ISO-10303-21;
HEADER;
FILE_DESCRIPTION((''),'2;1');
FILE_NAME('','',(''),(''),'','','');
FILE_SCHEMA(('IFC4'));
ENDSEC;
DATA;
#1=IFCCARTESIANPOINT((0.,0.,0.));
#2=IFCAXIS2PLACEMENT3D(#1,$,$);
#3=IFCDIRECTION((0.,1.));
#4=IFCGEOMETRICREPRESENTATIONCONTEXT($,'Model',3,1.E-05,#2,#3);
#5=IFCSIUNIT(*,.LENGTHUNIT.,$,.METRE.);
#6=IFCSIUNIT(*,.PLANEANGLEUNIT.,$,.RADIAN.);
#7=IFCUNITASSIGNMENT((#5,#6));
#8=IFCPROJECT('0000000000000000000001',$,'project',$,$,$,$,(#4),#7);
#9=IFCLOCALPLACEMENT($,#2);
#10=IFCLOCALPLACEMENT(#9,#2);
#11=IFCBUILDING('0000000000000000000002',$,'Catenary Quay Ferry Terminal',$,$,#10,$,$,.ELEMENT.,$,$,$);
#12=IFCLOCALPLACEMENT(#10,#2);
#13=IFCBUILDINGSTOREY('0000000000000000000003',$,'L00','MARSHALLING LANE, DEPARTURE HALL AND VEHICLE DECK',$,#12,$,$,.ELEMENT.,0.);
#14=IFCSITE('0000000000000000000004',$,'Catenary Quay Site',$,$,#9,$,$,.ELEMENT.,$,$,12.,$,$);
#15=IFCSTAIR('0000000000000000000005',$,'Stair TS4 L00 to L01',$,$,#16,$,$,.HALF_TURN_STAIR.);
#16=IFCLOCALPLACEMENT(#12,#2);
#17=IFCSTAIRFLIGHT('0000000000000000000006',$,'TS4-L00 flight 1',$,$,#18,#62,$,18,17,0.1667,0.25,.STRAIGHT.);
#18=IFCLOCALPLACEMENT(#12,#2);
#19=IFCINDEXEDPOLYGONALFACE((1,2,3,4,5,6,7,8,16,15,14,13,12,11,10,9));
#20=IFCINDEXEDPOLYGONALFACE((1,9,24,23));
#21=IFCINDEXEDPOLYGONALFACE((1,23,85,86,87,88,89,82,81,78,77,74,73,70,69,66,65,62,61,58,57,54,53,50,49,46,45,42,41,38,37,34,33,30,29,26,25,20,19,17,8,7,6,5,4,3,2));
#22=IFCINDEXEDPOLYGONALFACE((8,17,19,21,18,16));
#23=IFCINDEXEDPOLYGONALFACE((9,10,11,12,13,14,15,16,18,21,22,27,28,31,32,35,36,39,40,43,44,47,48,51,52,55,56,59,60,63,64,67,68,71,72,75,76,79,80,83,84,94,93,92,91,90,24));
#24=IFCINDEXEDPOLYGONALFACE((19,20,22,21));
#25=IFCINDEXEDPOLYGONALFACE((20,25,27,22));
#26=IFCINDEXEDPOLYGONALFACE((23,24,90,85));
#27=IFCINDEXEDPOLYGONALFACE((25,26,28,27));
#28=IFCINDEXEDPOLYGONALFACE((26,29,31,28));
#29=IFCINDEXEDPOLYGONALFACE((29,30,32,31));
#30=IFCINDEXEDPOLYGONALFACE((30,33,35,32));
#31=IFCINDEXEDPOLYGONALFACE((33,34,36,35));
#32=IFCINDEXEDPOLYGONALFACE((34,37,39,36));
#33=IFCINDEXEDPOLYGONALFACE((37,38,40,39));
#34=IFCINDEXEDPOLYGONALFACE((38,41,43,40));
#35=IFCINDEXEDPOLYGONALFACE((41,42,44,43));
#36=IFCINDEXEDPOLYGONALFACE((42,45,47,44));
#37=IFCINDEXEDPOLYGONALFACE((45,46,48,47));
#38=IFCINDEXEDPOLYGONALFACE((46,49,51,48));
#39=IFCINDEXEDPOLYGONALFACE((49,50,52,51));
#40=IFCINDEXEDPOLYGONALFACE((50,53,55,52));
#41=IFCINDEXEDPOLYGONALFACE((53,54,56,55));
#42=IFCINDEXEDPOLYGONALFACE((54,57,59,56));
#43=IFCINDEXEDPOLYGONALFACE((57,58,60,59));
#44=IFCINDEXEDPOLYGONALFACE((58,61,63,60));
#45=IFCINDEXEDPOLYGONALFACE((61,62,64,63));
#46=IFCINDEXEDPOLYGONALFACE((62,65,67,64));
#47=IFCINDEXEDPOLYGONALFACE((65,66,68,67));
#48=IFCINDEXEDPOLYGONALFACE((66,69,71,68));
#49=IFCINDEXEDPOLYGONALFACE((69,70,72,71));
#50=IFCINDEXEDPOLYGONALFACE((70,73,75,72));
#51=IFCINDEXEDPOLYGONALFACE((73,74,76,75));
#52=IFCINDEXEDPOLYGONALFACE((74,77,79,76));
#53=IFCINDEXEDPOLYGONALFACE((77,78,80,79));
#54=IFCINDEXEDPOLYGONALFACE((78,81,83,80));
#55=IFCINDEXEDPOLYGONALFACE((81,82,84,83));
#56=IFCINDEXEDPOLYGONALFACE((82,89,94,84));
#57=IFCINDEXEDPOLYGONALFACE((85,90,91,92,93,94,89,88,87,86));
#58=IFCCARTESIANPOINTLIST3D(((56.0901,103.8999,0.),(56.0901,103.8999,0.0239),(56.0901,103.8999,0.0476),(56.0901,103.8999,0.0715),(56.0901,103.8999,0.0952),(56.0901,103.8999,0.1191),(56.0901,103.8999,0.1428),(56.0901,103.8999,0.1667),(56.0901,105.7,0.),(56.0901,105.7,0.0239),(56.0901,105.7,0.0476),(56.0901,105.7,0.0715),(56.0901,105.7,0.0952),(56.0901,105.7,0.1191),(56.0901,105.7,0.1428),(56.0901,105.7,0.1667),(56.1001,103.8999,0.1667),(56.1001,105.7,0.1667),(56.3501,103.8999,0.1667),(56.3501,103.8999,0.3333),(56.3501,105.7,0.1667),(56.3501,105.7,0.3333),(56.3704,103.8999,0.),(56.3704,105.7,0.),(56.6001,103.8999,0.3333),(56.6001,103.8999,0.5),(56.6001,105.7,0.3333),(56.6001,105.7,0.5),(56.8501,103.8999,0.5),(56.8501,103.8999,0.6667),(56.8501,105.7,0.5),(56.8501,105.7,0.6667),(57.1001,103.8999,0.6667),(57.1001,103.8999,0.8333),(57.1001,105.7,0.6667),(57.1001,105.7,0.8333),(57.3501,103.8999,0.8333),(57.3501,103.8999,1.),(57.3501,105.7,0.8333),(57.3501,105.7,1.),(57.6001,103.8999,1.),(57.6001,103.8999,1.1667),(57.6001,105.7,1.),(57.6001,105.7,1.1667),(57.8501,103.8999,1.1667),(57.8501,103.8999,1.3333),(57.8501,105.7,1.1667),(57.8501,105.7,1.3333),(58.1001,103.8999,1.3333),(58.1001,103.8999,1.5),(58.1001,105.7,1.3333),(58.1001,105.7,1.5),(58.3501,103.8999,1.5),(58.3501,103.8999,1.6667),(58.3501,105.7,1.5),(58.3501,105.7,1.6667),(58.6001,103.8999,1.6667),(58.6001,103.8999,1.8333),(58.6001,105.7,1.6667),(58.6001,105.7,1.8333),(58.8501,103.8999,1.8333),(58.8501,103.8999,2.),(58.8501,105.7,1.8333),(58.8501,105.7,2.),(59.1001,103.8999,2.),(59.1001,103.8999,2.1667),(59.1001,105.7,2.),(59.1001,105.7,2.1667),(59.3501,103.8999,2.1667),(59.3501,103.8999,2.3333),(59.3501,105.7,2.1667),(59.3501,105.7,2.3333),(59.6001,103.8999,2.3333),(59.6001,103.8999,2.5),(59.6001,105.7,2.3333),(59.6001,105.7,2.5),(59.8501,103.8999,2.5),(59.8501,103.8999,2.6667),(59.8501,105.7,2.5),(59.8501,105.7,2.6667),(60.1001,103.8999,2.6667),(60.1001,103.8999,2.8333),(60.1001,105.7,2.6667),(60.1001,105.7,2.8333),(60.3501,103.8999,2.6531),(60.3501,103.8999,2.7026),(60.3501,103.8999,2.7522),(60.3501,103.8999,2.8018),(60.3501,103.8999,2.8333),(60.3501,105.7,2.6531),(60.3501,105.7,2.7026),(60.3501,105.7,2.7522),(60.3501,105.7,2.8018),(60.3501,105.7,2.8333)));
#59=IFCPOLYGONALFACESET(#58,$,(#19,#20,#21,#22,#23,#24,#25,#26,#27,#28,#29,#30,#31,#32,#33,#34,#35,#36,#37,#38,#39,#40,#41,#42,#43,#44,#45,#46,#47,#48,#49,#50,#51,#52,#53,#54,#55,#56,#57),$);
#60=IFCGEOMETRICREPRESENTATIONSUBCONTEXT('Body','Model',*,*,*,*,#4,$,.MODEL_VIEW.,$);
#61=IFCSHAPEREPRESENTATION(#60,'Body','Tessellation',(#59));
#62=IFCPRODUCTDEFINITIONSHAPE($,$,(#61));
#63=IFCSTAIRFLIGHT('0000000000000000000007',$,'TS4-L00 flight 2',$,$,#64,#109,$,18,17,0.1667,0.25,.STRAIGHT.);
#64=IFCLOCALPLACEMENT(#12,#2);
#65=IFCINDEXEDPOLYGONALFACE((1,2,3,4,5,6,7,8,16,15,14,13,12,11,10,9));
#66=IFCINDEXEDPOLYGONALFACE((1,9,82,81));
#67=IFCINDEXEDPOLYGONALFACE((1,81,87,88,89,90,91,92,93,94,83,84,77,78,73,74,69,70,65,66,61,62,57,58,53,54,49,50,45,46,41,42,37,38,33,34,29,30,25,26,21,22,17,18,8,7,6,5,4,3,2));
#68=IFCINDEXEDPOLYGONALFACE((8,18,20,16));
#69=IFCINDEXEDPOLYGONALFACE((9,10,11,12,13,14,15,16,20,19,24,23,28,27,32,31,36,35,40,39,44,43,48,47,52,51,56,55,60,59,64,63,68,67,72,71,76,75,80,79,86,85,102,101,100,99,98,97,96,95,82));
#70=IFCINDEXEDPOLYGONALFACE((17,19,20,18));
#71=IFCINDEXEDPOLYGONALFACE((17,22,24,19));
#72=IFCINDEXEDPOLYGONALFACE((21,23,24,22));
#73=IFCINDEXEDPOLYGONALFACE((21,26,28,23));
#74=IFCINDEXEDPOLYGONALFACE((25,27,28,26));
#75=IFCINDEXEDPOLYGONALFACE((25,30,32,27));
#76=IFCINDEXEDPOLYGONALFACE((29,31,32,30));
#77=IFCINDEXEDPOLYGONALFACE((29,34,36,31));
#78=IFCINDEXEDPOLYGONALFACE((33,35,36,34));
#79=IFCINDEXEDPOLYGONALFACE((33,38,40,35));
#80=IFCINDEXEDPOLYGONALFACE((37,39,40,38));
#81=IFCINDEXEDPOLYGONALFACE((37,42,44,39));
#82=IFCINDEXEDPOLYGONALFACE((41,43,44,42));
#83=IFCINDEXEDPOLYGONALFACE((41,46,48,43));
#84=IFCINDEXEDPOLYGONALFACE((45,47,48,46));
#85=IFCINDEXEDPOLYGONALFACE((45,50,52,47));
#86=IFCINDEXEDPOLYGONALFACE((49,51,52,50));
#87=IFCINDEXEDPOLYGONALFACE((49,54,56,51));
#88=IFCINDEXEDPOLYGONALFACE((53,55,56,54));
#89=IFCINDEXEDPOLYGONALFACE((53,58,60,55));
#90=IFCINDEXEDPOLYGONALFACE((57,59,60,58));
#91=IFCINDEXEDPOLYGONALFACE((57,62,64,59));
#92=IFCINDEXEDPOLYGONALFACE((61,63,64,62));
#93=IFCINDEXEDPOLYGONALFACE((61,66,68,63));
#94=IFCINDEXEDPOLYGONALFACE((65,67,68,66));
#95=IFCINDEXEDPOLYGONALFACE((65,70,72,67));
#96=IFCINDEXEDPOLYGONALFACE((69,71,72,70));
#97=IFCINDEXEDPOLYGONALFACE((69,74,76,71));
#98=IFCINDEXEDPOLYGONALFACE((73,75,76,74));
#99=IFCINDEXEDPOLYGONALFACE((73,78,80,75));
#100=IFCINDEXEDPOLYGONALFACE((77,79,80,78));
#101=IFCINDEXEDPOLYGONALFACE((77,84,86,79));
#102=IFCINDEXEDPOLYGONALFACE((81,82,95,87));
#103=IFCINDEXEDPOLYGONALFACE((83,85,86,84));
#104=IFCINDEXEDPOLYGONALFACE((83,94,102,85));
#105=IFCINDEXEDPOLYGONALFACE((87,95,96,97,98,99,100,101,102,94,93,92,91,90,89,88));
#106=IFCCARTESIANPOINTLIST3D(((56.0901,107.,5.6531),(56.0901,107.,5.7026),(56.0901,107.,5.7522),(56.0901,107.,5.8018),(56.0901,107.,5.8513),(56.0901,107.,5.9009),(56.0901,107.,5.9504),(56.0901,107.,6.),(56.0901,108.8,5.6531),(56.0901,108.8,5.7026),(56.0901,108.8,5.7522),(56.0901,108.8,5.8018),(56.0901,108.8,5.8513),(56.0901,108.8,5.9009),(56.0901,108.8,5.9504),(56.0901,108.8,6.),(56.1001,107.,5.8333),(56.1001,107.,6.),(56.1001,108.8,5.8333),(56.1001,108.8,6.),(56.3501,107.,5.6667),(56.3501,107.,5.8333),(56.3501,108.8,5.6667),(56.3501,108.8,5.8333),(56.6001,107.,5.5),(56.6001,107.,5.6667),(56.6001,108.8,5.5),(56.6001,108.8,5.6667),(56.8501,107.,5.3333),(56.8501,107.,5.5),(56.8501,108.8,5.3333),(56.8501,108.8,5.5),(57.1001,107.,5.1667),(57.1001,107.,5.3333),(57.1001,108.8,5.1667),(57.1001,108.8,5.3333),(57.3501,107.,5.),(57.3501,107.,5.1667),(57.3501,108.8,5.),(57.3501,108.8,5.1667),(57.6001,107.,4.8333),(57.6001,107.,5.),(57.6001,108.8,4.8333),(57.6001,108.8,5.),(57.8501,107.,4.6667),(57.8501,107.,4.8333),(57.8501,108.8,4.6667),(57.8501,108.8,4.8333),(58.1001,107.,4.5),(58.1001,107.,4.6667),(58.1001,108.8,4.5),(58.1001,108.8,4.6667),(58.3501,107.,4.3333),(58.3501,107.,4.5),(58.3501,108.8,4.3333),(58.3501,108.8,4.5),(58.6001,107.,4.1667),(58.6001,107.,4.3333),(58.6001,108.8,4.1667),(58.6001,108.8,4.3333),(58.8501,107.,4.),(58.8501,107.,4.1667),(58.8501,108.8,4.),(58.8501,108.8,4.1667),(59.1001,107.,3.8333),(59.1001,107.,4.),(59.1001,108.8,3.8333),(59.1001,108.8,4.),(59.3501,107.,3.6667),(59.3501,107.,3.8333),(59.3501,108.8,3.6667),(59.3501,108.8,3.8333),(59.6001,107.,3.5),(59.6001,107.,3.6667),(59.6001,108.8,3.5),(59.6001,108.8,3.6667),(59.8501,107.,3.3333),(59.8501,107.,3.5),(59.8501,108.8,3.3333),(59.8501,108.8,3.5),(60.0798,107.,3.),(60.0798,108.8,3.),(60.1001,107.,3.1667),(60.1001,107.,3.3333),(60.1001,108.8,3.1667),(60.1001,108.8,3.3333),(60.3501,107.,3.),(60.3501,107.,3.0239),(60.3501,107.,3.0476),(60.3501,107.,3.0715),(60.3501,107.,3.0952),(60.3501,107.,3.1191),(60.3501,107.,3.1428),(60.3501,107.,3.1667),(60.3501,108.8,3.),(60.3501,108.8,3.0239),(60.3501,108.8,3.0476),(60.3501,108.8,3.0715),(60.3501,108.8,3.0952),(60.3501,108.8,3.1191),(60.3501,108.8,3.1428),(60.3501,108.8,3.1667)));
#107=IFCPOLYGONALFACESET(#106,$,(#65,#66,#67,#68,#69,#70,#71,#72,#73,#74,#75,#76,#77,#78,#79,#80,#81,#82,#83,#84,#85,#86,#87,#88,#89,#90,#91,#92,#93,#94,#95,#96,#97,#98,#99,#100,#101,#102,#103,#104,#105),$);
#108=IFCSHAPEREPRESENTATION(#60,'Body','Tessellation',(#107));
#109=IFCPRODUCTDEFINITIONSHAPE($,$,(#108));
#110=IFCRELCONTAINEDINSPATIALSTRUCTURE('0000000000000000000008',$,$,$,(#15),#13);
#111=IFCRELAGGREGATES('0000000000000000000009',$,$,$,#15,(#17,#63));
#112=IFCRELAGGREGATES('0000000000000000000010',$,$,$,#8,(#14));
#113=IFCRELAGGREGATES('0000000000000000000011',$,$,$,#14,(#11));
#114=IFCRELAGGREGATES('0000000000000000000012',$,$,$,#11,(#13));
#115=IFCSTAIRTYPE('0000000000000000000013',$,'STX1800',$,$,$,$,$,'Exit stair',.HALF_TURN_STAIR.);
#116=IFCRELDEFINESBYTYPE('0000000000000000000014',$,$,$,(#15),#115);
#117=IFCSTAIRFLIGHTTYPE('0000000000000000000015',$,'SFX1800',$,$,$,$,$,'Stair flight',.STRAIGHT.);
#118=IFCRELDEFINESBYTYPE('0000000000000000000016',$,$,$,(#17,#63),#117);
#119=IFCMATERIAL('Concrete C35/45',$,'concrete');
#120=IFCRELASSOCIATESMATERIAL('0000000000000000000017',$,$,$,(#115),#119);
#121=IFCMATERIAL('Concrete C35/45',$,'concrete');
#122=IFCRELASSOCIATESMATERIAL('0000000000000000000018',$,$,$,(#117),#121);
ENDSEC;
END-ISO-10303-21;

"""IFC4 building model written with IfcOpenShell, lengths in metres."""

from ifc_helpers import new_model, si_unit, direction, frame, origin, place, context, subcontext, project, spatial, polyline, outline, extrude, material, type_object, element, aggregate, save


model = new_model("IFC4")

# Units and contexts
model_context = context("Model", 3, precision=1e-05, world=origin(), true_north=direction((0.0, 1.0)))
body_context = subcontext(model_context, "Body", "Model", "MODEL_VIEW")
ifc_project = project(units=[si_unit("LENGTHUNIT", "METRE"), si_unit("PLANEANGLEUNIT", "RADIAN")], contexts=[model_context])

# Site, building, storey
site_placement = place(None, origin())
site = spatial("IfcSite", under=ifc_project, at=site_placement, Name="Catenary Quay Site", CompositionType="ELEMENT", RefElevation=12.0)
building_placement = place(site_placement, origin())
building = spatial("IfcBuilding", under=site, at=building_placement, Name="Catenary Quay Ferry Terminal", CompositionType="ELEMENT")
storey_placement = place(building_placement, origin())
storey = spatial("IfcBuildingStorey", under=building, at=storey_placement, Name="L00", Description="MARSHALLING LANE, DEPARTURE HALL AND VEHICLE DECK", CompositionType="ELEMENT", Elevation=0.0)

# Shared definitions
ifc_material_1 = material(Name="Concrete C35/45", Category="concrete")
stair_type = type_object("IfcStairType", Name="STX1800", ElementType="Exit stair", PredefinedType="HALF_TURN_STAIR", material=ifc_material_1)
ifc_material_2 = material(Name="Concrete C35/45", Category="concrete")
stair_flight_type = type_object("IfcStairFlightType", Name="SFX1800", ElementType="Stair flight", PredefinedType="STRAIGHT", material=ifc_material_2)

# Stair, stair flights
stair_1_placement = place(storey_placement, origin())
stair_1 = element("IfcStair", 1, at=stair_1_placement, inside=storey, type_object=stair_type, Name="Stair TS4 L00 to L01", PredefinedType="HALF_TURN_STAIR")
stair_flight_1_placement = place(storey_placement, frame((56.1001, 104.8, 0.0), z_axis=(0.0, 0.0, 1.0), x_axis=(1.0, 0.0, 0.0)))
stair_flight_1 = element("IfcStairFlight", 2, at=stair_flight_1_placement, type_object=stair_flight_type, Name="TS4-L00 flight 1", NumberOfRisers=18, NumberOfTreads=17, PredefinedType="STRAIGHT", RiserHeight=0.1667, TreadLength=0.25, context=body_context, shape_type="SweptSolid", body=[
    extrude(outline(polyline([(-0.01, 0.0), (-0.01, 0.0239), (-0.01, 0.0476), (-0.01, 0.0715), (-0.01, 0.0952), (-0.01, 0.1191), (-0.01, 0.1428), (-0.01, 0.1667), (0.0, 0.1667), (0.25, 0.1667), (0.25, 0.3333), (0.5, 0.3333), (0.5, 0.5), (0.75, 0.5), (0.75, 0.6667), (1.0, 0.6667), (1.0, 0.8333), (1.25, 0.8333), (1.25, 1.0), (1.5, 1.0), (1.5, 1.1667), (1.75, 1.1667), (1.75, 1.3333), (2.0, 1.3333), (2.0, 1.5), (2.25, 1.5), (2.25, 1.6667), (2.5, 1.6667), (2.5, 1.8333), (2.75, 1.8333), (2.75, 2.0), (3.0, 2.0), (3.0, 2.1667), (3.25, 2.1667), (3.25, 2.3333), (3.5, 2.3333), (3.5, 2.5), (3.75, 2.5), (3.75, 2.6667), (4.0, 2.6667), (4.0, 2.8333), (4.25, 2.8333), (4.25, 3.0), (4.25, 2.9504), (4.25, 2.9009), (4.25, 2.8513), (4.25, 2.8018), (4.25, 2.7522), (4.25, 2.7026), (4.25, 2.6531), (0.2703, 0.0), (-0.01, 0.0)])), frame((0.0, 0.8999, 0.0), z_axis=(0.0, -1.0, 0.0), x_axis=(1.0, 0.0, 0.0)), (0.0, 0.0, 1.0), 1.8),
])
stair_flight_2_placement = place(storey_placement, frame((60.3501, 107.8999, 3.0), z_axis=(0.0, 0.0, 1.0), x_axis=(-1.0, 0.0, 0.0)))
stair_flight_2 = element("IfcStairFlight", 3, at=stair_flight_2_placement, type_object=stair_flight_type, Name="TS4-L00 flight 2", NumberOfRisers=18, NumberOfTreads=17, PredefinedType="STRAIGHT", RiserHeight=0.1667, TreadLength=0.25, context=body_context, shape_type="SweptSolid", body=[
    extrude(outline(polyline([(0.0, 0.0), (0.0, 0.0239), (0.0, 0.0476), (0.0, 0.0715), (0.0, 0.0952), (0.0, 0.1191), (0.0, 0.1428), (0.0, 0.1667), (0.25, 0.1667), (0.25, 0.3333), (0.5, 0.3333), (0.5, 0.5), (0.75, 0.5), (0.75, 0.6667), (1.0, 0.6667), (1.0, 0.8333), (1.25, 0.8333), (1.25, 1.0), (1.5, 1.0), (1.5, 1.1667), (1.75, 1.1667), (1.75, 1.3333), (2.0, 1.3333), (2.0, 1.5), (2.25, 1.5), (2.25, 1.6667), (2.5, 1.6667), (2.5, 1.8333), (2.75, 1.8333), (2.75, 2.0), (3.0, 2.0), (3.0, 2.1667), (3.25, 2.1667), (3.25, 2.3333), (3.5, 2.3333), (3.5, 2.5), (3.75, 2.5), (3.75, 2.6667), (4.0, 2.6667), (4.0, 2.8333), (4.25, 2.8333), (4.25, 3.0), (4.26, 3.0), (4.26, 2.9504), (4.26, 2.9009), (4.26, 2.8513), (4.26, 2.8018), (4.26, 2.7522), (4.26, 2.7026), (4.26, 2.6531), (0.2703, 0.0), (0.0, 0.0)])), frame((0.0, 0.8999, 0.0), z_axis=(0.0, -1.0, 0.0), x_axis=(1.0, 0.0, 0.0)), (0.0, 0.0, 1.0), 1.8),
])
aggregate(stair_1, [stair_flight_1, stair_flight_2])

save(model, "model.ifc")
